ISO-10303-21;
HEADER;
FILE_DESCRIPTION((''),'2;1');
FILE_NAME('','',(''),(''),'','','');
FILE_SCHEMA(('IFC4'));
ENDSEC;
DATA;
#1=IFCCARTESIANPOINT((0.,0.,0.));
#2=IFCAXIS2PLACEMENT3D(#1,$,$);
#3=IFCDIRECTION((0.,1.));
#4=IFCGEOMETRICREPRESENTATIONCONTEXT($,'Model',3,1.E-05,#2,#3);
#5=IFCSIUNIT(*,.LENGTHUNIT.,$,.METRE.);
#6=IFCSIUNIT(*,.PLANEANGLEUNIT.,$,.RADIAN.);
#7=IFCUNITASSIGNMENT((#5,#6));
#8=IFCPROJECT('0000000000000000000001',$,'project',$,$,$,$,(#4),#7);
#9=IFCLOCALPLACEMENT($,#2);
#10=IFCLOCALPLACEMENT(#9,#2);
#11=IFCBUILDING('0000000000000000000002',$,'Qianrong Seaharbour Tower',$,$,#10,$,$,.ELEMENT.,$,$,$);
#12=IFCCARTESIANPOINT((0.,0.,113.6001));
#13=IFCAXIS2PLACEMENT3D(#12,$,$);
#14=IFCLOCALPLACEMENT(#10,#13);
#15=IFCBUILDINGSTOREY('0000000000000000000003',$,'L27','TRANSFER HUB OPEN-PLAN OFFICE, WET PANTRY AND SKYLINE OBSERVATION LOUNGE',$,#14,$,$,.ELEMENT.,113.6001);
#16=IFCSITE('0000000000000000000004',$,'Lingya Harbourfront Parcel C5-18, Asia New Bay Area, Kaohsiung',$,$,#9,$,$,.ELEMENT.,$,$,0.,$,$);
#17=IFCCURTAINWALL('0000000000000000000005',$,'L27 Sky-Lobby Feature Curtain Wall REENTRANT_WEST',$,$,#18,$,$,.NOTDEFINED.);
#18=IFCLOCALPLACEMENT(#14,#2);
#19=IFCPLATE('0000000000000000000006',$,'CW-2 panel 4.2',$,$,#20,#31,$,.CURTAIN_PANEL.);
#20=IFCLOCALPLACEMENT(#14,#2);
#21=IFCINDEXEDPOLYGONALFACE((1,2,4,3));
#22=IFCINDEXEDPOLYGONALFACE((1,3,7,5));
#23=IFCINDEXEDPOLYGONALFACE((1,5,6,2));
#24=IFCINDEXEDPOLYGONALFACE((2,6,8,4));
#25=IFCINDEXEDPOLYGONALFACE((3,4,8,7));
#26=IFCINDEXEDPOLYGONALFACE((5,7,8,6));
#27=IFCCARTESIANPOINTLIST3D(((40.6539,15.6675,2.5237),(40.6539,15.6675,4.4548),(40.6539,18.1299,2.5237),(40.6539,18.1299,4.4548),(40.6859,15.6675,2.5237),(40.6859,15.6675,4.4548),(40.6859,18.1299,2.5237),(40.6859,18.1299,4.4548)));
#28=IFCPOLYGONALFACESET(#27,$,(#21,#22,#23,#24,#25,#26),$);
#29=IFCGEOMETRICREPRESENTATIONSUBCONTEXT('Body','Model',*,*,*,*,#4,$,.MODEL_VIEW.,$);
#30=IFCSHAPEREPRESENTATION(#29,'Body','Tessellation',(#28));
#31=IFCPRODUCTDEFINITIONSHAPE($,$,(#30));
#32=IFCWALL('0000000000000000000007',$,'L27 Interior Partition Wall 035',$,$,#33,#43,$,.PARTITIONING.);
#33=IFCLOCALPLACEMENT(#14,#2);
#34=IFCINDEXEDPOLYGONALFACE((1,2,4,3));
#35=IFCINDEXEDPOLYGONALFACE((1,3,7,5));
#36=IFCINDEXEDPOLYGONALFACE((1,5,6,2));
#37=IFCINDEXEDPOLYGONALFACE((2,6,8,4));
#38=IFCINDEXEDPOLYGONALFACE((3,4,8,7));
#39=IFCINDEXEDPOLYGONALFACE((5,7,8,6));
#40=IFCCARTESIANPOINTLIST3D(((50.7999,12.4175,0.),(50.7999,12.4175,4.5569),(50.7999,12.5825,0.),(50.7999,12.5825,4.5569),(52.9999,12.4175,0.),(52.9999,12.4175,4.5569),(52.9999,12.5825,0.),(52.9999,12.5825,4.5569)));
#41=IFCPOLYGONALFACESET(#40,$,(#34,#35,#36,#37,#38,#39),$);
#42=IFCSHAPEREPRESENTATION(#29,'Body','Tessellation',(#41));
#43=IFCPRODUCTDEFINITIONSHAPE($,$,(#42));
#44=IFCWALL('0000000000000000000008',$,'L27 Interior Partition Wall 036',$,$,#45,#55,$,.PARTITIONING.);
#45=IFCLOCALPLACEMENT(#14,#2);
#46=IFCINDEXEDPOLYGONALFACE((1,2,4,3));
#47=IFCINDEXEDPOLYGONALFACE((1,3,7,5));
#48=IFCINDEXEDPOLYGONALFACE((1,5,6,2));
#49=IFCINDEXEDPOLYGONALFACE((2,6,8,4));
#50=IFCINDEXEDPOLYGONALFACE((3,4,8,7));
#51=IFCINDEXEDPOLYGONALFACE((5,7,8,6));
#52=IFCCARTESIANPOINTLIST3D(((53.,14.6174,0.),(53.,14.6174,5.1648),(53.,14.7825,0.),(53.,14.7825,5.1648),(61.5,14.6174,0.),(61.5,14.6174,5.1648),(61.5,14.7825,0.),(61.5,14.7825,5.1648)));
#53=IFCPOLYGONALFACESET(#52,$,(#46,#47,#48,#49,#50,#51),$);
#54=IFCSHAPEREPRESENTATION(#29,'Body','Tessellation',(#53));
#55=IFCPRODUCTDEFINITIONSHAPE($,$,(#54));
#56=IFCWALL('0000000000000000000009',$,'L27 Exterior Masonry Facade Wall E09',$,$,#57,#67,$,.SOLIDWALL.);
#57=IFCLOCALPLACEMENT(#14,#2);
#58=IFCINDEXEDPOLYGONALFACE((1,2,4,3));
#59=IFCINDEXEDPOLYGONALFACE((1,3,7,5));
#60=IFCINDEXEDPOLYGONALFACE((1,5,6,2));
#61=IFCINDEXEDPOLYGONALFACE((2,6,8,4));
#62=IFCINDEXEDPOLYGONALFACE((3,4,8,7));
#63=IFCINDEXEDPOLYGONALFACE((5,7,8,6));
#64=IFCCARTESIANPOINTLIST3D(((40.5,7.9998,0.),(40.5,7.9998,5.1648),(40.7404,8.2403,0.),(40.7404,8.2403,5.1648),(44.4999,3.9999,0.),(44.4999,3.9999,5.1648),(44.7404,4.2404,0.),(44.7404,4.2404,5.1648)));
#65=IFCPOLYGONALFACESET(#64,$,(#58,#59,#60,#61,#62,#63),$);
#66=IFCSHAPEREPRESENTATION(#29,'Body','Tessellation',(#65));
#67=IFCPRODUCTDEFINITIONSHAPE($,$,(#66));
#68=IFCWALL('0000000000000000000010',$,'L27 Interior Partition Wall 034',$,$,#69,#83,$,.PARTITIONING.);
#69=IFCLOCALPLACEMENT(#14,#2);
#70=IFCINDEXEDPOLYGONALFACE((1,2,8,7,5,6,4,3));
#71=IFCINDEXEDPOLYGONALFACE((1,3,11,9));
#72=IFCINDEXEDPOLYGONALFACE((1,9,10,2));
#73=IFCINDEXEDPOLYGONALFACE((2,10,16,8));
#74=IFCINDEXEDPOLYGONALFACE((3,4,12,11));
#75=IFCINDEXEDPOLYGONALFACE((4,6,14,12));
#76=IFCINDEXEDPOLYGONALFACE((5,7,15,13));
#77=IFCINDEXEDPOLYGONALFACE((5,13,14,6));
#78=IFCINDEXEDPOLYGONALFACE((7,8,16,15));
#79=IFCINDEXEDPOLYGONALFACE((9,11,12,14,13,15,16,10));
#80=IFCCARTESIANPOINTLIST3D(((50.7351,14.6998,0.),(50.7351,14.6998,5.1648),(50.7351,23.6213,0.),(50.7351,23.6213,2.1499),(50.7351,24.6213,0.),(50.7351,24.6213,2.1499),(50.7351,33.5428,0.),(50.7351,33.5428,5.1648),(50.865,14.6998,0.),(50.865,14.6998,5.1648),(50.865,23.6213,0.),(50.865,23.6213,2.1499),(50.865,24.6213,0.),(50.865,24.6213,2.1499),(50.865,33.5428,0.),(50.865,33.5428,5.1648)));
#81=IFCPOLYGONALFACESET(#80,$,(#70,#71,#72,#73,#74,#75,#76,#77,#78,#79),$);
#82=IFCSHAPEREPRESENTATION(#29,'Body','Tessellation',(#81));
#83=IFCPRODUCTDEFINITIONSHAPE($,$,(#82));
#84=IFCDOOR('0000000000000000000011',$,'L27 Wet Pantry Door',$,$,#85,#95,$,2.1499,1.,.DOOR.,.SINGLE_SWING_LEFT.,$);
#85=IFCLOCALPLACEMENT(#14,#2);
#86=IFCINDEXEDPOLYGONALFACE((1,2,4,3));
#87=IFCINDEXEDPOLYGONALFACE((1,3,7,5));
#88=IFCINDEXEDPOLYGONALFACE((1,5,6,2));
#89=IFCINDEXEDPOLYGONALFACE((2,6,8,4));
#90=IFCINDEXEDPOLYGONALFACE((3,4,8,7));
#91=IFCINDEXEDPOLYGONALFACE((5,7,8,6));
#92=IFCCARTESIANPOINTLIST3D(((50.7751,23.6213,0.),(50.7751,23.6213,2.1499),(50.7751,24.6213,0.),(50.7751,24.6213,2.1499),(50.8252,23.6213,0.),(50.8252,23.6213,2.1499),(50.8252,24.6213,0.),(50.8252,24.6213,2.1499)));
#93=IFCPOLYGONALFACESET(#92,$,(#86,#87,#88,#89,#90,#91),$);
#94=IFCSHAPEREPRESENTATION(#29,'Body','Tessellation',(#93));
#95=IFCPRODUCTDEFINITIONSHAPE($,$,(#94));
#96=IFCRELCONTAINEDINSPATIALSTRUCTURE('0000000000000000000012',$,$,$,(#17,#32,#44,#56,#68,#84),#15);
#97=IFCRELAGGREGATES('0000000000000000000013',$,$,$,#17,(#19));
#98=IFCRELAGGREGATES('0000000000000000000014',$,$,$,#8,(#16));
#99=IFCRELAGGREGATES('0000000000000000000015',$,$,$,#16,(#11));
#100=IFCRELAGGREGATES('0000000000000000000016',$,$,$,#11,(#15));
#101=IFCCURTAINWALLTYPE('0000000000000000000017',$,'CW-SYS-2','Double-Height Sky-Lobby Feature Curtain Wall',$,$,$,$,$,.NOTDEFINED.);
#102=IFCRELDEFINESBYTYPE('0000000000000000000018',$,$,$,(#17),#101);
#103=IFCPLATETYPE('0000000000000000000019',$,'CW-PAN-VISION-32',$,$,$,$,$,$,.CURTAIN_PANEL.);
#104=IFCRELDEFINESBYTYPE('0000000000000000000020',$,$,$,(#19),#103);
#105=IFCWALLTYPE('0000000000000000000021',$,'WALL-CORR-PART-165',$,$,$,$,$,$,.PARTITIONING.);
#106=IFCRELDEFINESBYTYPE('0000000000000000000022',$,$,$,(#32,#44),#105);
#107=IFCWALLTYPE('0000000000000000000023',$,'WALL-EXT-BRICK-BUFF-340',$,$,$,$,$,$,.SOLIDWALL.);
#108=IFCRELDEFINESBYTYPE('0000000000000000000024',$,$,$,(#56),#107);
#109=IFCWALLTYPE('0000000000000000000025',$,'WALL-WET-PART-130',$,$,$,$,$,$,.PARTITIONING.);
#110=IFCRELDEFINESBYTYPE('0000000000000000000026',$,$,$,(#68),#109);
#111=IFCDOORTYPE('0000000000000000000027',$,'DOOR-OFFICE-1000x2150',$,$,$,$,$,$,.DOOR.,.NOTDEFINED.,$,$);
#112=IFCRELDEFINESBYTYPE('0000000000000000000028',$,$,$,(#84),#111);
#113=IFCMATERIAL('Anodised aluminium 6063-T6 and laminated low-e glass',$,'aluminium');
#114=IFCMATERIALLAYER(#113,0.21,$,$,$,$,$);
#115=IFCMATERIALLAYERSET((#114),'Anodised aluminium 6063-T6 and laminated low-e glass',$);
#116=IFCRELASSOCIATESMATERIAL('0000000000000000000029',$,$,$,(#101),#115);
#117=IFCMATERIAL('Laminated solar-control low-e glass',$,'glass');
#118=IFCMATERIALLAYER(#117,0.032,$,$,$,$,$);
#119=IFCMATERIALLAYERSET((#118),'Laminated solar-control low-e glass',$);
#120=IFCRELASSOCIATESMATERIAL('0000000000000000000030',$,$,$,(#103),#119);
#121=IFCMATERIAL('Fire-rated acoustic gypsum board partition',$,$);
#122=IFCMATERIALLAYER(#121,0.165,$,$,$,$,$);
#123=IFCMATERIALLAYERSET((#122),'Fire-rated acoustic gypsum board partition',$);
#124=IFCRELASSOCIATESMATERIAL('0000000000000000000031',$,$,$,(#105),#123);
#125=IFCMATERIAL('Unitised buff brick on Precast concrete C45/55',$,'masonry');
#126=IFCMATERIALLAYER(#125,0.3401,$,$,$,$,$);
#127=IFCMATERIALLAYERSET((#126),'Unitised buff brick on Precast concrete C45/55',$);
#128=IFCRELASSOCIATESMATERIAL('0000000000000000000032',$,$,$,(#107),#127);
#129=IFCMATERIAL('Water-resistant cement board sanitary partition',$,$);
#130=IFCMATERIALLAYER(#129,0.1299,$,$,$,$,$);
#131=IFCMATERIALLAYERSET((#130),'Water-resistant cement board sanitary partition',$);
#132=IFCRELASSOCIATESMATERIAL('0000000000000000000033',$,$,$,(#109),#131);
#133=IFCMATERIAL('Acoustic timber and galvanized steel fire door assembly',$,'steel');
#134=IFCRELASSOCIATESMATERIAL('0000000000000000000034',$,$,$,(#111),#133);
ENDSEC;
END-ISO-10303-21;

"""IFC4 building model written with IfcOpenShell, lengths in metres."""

from ifc_helpers import new_model, si_unit, direction, frame, frame_2d, origin, origin_2d, place, context, subcontext, project, spatial, rectangle, extrude, material, layer, layer_set, type_object, element, fill, aggregate, save


model = new_model("IFC4")

# Units and contexts
model_context = context("Model", 3, precision=1e-05, world=origin(), true_north=direction((0.0, 1.0)))
body_context = subcontext(model_context, "Body", "Model", "MODEL_VIEW")
ifc_project = project(units=[si_unit("LENGTHUNIT", "METRE"), si_unit("PLANEANGLEUNIT", "RADIAN")], contexts=[model_context])

# Site, building, storey
site_placement = place(None, origin())
site = spatial("IfcSite", under=ifc_project, at=site_placement, Name="Lingya Harbourfront Parcel C5-18, Asia New Bay Area, Kaohsiung", CompositionType="ELEMENT", RefElevation=0.0)
building_placement = place(site_placement, origin())
building = spatial("IfcBuilding", under=site, at=building_placement, Name="Qianrong Seaharbour Tower", CompositionType="ELEMENT")
storey_placement = place(building_placement, frame((0.0, 0.0, 113.6001)))
storey = spatial("IfcBuildingStorey", under=building, at=storey_placement, Name="L27", Description="TRANSFER HUB OPEN-PLAN OFFICE, WET PANTRY AND SKYLINE OBSERVATION LOUNGE", CompositionType="ELEMENT", Elevation=113.6001)

# Curtain wall, plate
ifc_material_1 = material(Name="Anodised aluminium 6063-T6 and laminated low-e glass", Category="aluminium")
ifc_layer_1 = layer(ifc_material_1, 0.21)
ifc_layer_set_1 = layer_set([ifc_layer_1], Name="Anodised aluminium 6063-T6 and laminated low-e glass")
curtain_wall_type = type_object("IfcCurtainWallType", Name="CW-SYS-2", Description="Double-Height Sky-Lobby Feature Curtain Wall", PredefinedType="NOTDEFINED", material=ifc_layer_set_1)
curtain_wall_placement = place(storey_placement, origin())
curtain_wall = element("IfcCurtainWall", 1, at=curtain_wall_placement, inside=storey, type_object=curtain_wall_type, Name="L27 Sky-Lobby Feature Curtain Wall REENTRANT_WEST", PredefinedType="NOTDEFINED")
ifc_material_2 = material(Name="Laminated solar-control low-e glass", Category="glass")
ifc_layer_2 = layer(ifc_material_2, 0.032)
ifc_layer_set_2 = layer_set([ifc_layer_2], Name="Laminated solar-control low-e glass")
plate_type = type_object("IfcPlateType", Name="CW-PAN-VISION-32", PredefinedType="CURTAIN_PANEL", material=ifc_layer_set_2)
plate_1_placement = place(storey_placement, frame((40.6699, 16.8987, 2.5237), z_axis=(0.0, 0.0, 1.0), x_axis=(0.0, 1.0, 0.0)))
plate_1 = element("IfcPlate", 2, at=plate_1_placement, type_object=plate_type, Name="CW-2 panel 4.2", PredefinedType="CURTAIN_PANEL", context=body_context, shape_type="SweptSolid", body=[
    extrude(rectangle(XDim=2.4624, YDim=0.032, at=origin_2d()), origin(), (0.0, 0.0, 1.0), 1.9312),
])
aggregate(curtain_wall, [plate_1])

# Walls
ifc_material_3 = material(Name="Fire-rated acoustic gypsum board partition")
ifc_layer_3 = layer(ifc_material_3, 0.165)
ifc_layer_set_3 = layer_set([ifc_layer_3], Name="Fire-rated acoustic gypsum board partition")
wall_type_1 = type_object("IfcWallType", Name="WALL-CORR-PART-165", PredefinedType="PARTITIONING", material=ifc_layer_set_3)
wall_1_placement = place(storey_placement, frame((53.0, 12.5, 0.0), z_axis=(0.0, 0.0, 1.0), x_axis=(-1.0, 0.0, 0.0)))
element("IfcWall", 3, at=wall_1_placement, inside=storey, type_object=wall_type_1, Name="L27 Interior Partition Wall 035", PredefinedType="PARTITIONING", context=body_context, shape_type="SweptSolid", body=[
    extrude(rectangle(XDim=2.2, YDim=0.165, at=frame_2d((1.1001, 0.0))), origin(), (0.0, 0.0, 1.0), 4.5569),
])
wall_2_placement = place(storey_placement, frame((53.0, 14.7, 0.0), z_axis=(0.0, 0.0, 1.0), x_axis=(1.0, 0.0, 0.0)))
element("IfcWall", 4, at=wall_2_placement, inside=storey, type_object=wall_type_1, Name="L27 Interior Partition Wall 036", PredefinedType="PARTITIONING", context=body_context, shape_type="SweptSolid", body=[
    extrude(rectangle(XDim=8.5, YDim=0.165, at=frame_2d((4.25, 0.0))), origin(), (0.0, 0.0, 1.0), 5.1648),
])
ifc_material_4 = material(Name="Unitised buff brick on Precast concrete C45/55", Category="masonry")
ifc_layer_4 = layer(ifc_material_4, 0.3401)
ifc_layer_set_4 = layer_set([ifc_layer_4], Name="Unitised buff brick on Precast concrete C45/55")
wall_type_2 = type_object("IfcWallType", Name="WALL-EXT-BRICK-BUFF-340", PredefinedType="SOLIDWALL", material=ifc_layer_set_4)
wall_3_placement = place(storey_placement, frame((44.6201, 4.1201, 0.0), z_axis=(0.0, 0.0, 1.0), x_axis=(-0.707107, 0.707107, 0.0)))
element("IfcWall", 5, at=wall_3_placement, inside=storey, type_object=wall_type_2, Name="L27 Exterior Masonry Facade Wall E09", PredefinedType="SOLIDWALL", context=body_context, shape_type="SweptSolid", body=[
    extrude(rectangle(XDim=5.6567, YDim=0.3401, at=frame_2d((2.8284, 0.0))), origin(), (0.0, 0.0, 1.0), 5.1648),
])

# Wall, opening, door
ifc_material_5 = material(Name="Water-resistant cement board sanitary partition")
ifc_layer_5 = layer(ifc_material_5, 0.1299)
ifc_layer_set_5 = layer_set([ifc_layer_5], Name="Water-resistant cement board sanitary partition")
wall_type_3 = type_object("IfcWallType", Name="WALL-WET-PART-130", PredefinedType="PARTITIONING", material=ifc_layer_set_5)
wall_4_placement = place(storey_placement, frame((50.8, 14.7, 0.0), z_axis=(0.0, 0.0, 1.0), x_axis=(0.0, 1.0, 0.0)))
wall_4 = element("IfcWall", 6, at=wall_4_placement, inside=storey, type_object=wall_type_3, Name="L27 Interior Partition Wall 034", PredefinedType="PARTITIONING", context=body_context, shape_type="SweptSolid", body=[
    extrude(rectangle(XDim=18.843, YDim=0.1299, at=frame_2d((9.4214, 0.0))), origin(), (0.0, 0.0, 1.0), 5.1648),
])
opening_placement = place(wall_4_placement, frame((8.9214, 0.0, 0.0)))
opening = element("IfcOpeningElement", 7, at=opening_placement, cuts=wall_4, PredefinedType="OPENING", context=body_context, shape_type="SweptSolid", body=[
    extrude(rectangle(XDim=1.0, YDim=2.1499, at=frame_2d((0.5, 1.075))), frame((0.0, 0.075, 0.0), z_axis=(0.0, -1.0, 0.0), x_axis=(1.0, 0.0, 0.0)), (0.0, 0.0, 1.0), 0.1499),
])
ifc_material_6 = material(Name="Acoustic timber and galvanized steel fire door assembly", Category="steel")
door_type = type_object("IfcDoorType", Name="DOOR-OFFICE-1000x2150", OperationType="NOTDEFINED", PredefinedType="DOOR", material=ifc_material_6)
door_placement = place(opening_placement, origin())
door = element("IfcDoor", 8, at=door_placement, inside=storey, type_object=door_type, Name="L27 Wet Pantry Door", OperationType="SINGLE_SWING_LEFT", OverallHeight=2.1499, OverallWidth=1.0, PredefinedType="DOOR", context=body_context, shape_type="SweptSolid", body=[
    extrude(rectangle(XDim=1.0, YDim=2.1499, at=frame_2d((0.5, 1.075))), frame((0.0, 0.0249, 0.0), z_axis=(0.0, -1.0, 0.0), x_axis=(1.0, 0.0, 0.0)), (0.0, 0.0, 1.0), 0.05),
])
fill(opening, door)

save(model, "model.ifc")
